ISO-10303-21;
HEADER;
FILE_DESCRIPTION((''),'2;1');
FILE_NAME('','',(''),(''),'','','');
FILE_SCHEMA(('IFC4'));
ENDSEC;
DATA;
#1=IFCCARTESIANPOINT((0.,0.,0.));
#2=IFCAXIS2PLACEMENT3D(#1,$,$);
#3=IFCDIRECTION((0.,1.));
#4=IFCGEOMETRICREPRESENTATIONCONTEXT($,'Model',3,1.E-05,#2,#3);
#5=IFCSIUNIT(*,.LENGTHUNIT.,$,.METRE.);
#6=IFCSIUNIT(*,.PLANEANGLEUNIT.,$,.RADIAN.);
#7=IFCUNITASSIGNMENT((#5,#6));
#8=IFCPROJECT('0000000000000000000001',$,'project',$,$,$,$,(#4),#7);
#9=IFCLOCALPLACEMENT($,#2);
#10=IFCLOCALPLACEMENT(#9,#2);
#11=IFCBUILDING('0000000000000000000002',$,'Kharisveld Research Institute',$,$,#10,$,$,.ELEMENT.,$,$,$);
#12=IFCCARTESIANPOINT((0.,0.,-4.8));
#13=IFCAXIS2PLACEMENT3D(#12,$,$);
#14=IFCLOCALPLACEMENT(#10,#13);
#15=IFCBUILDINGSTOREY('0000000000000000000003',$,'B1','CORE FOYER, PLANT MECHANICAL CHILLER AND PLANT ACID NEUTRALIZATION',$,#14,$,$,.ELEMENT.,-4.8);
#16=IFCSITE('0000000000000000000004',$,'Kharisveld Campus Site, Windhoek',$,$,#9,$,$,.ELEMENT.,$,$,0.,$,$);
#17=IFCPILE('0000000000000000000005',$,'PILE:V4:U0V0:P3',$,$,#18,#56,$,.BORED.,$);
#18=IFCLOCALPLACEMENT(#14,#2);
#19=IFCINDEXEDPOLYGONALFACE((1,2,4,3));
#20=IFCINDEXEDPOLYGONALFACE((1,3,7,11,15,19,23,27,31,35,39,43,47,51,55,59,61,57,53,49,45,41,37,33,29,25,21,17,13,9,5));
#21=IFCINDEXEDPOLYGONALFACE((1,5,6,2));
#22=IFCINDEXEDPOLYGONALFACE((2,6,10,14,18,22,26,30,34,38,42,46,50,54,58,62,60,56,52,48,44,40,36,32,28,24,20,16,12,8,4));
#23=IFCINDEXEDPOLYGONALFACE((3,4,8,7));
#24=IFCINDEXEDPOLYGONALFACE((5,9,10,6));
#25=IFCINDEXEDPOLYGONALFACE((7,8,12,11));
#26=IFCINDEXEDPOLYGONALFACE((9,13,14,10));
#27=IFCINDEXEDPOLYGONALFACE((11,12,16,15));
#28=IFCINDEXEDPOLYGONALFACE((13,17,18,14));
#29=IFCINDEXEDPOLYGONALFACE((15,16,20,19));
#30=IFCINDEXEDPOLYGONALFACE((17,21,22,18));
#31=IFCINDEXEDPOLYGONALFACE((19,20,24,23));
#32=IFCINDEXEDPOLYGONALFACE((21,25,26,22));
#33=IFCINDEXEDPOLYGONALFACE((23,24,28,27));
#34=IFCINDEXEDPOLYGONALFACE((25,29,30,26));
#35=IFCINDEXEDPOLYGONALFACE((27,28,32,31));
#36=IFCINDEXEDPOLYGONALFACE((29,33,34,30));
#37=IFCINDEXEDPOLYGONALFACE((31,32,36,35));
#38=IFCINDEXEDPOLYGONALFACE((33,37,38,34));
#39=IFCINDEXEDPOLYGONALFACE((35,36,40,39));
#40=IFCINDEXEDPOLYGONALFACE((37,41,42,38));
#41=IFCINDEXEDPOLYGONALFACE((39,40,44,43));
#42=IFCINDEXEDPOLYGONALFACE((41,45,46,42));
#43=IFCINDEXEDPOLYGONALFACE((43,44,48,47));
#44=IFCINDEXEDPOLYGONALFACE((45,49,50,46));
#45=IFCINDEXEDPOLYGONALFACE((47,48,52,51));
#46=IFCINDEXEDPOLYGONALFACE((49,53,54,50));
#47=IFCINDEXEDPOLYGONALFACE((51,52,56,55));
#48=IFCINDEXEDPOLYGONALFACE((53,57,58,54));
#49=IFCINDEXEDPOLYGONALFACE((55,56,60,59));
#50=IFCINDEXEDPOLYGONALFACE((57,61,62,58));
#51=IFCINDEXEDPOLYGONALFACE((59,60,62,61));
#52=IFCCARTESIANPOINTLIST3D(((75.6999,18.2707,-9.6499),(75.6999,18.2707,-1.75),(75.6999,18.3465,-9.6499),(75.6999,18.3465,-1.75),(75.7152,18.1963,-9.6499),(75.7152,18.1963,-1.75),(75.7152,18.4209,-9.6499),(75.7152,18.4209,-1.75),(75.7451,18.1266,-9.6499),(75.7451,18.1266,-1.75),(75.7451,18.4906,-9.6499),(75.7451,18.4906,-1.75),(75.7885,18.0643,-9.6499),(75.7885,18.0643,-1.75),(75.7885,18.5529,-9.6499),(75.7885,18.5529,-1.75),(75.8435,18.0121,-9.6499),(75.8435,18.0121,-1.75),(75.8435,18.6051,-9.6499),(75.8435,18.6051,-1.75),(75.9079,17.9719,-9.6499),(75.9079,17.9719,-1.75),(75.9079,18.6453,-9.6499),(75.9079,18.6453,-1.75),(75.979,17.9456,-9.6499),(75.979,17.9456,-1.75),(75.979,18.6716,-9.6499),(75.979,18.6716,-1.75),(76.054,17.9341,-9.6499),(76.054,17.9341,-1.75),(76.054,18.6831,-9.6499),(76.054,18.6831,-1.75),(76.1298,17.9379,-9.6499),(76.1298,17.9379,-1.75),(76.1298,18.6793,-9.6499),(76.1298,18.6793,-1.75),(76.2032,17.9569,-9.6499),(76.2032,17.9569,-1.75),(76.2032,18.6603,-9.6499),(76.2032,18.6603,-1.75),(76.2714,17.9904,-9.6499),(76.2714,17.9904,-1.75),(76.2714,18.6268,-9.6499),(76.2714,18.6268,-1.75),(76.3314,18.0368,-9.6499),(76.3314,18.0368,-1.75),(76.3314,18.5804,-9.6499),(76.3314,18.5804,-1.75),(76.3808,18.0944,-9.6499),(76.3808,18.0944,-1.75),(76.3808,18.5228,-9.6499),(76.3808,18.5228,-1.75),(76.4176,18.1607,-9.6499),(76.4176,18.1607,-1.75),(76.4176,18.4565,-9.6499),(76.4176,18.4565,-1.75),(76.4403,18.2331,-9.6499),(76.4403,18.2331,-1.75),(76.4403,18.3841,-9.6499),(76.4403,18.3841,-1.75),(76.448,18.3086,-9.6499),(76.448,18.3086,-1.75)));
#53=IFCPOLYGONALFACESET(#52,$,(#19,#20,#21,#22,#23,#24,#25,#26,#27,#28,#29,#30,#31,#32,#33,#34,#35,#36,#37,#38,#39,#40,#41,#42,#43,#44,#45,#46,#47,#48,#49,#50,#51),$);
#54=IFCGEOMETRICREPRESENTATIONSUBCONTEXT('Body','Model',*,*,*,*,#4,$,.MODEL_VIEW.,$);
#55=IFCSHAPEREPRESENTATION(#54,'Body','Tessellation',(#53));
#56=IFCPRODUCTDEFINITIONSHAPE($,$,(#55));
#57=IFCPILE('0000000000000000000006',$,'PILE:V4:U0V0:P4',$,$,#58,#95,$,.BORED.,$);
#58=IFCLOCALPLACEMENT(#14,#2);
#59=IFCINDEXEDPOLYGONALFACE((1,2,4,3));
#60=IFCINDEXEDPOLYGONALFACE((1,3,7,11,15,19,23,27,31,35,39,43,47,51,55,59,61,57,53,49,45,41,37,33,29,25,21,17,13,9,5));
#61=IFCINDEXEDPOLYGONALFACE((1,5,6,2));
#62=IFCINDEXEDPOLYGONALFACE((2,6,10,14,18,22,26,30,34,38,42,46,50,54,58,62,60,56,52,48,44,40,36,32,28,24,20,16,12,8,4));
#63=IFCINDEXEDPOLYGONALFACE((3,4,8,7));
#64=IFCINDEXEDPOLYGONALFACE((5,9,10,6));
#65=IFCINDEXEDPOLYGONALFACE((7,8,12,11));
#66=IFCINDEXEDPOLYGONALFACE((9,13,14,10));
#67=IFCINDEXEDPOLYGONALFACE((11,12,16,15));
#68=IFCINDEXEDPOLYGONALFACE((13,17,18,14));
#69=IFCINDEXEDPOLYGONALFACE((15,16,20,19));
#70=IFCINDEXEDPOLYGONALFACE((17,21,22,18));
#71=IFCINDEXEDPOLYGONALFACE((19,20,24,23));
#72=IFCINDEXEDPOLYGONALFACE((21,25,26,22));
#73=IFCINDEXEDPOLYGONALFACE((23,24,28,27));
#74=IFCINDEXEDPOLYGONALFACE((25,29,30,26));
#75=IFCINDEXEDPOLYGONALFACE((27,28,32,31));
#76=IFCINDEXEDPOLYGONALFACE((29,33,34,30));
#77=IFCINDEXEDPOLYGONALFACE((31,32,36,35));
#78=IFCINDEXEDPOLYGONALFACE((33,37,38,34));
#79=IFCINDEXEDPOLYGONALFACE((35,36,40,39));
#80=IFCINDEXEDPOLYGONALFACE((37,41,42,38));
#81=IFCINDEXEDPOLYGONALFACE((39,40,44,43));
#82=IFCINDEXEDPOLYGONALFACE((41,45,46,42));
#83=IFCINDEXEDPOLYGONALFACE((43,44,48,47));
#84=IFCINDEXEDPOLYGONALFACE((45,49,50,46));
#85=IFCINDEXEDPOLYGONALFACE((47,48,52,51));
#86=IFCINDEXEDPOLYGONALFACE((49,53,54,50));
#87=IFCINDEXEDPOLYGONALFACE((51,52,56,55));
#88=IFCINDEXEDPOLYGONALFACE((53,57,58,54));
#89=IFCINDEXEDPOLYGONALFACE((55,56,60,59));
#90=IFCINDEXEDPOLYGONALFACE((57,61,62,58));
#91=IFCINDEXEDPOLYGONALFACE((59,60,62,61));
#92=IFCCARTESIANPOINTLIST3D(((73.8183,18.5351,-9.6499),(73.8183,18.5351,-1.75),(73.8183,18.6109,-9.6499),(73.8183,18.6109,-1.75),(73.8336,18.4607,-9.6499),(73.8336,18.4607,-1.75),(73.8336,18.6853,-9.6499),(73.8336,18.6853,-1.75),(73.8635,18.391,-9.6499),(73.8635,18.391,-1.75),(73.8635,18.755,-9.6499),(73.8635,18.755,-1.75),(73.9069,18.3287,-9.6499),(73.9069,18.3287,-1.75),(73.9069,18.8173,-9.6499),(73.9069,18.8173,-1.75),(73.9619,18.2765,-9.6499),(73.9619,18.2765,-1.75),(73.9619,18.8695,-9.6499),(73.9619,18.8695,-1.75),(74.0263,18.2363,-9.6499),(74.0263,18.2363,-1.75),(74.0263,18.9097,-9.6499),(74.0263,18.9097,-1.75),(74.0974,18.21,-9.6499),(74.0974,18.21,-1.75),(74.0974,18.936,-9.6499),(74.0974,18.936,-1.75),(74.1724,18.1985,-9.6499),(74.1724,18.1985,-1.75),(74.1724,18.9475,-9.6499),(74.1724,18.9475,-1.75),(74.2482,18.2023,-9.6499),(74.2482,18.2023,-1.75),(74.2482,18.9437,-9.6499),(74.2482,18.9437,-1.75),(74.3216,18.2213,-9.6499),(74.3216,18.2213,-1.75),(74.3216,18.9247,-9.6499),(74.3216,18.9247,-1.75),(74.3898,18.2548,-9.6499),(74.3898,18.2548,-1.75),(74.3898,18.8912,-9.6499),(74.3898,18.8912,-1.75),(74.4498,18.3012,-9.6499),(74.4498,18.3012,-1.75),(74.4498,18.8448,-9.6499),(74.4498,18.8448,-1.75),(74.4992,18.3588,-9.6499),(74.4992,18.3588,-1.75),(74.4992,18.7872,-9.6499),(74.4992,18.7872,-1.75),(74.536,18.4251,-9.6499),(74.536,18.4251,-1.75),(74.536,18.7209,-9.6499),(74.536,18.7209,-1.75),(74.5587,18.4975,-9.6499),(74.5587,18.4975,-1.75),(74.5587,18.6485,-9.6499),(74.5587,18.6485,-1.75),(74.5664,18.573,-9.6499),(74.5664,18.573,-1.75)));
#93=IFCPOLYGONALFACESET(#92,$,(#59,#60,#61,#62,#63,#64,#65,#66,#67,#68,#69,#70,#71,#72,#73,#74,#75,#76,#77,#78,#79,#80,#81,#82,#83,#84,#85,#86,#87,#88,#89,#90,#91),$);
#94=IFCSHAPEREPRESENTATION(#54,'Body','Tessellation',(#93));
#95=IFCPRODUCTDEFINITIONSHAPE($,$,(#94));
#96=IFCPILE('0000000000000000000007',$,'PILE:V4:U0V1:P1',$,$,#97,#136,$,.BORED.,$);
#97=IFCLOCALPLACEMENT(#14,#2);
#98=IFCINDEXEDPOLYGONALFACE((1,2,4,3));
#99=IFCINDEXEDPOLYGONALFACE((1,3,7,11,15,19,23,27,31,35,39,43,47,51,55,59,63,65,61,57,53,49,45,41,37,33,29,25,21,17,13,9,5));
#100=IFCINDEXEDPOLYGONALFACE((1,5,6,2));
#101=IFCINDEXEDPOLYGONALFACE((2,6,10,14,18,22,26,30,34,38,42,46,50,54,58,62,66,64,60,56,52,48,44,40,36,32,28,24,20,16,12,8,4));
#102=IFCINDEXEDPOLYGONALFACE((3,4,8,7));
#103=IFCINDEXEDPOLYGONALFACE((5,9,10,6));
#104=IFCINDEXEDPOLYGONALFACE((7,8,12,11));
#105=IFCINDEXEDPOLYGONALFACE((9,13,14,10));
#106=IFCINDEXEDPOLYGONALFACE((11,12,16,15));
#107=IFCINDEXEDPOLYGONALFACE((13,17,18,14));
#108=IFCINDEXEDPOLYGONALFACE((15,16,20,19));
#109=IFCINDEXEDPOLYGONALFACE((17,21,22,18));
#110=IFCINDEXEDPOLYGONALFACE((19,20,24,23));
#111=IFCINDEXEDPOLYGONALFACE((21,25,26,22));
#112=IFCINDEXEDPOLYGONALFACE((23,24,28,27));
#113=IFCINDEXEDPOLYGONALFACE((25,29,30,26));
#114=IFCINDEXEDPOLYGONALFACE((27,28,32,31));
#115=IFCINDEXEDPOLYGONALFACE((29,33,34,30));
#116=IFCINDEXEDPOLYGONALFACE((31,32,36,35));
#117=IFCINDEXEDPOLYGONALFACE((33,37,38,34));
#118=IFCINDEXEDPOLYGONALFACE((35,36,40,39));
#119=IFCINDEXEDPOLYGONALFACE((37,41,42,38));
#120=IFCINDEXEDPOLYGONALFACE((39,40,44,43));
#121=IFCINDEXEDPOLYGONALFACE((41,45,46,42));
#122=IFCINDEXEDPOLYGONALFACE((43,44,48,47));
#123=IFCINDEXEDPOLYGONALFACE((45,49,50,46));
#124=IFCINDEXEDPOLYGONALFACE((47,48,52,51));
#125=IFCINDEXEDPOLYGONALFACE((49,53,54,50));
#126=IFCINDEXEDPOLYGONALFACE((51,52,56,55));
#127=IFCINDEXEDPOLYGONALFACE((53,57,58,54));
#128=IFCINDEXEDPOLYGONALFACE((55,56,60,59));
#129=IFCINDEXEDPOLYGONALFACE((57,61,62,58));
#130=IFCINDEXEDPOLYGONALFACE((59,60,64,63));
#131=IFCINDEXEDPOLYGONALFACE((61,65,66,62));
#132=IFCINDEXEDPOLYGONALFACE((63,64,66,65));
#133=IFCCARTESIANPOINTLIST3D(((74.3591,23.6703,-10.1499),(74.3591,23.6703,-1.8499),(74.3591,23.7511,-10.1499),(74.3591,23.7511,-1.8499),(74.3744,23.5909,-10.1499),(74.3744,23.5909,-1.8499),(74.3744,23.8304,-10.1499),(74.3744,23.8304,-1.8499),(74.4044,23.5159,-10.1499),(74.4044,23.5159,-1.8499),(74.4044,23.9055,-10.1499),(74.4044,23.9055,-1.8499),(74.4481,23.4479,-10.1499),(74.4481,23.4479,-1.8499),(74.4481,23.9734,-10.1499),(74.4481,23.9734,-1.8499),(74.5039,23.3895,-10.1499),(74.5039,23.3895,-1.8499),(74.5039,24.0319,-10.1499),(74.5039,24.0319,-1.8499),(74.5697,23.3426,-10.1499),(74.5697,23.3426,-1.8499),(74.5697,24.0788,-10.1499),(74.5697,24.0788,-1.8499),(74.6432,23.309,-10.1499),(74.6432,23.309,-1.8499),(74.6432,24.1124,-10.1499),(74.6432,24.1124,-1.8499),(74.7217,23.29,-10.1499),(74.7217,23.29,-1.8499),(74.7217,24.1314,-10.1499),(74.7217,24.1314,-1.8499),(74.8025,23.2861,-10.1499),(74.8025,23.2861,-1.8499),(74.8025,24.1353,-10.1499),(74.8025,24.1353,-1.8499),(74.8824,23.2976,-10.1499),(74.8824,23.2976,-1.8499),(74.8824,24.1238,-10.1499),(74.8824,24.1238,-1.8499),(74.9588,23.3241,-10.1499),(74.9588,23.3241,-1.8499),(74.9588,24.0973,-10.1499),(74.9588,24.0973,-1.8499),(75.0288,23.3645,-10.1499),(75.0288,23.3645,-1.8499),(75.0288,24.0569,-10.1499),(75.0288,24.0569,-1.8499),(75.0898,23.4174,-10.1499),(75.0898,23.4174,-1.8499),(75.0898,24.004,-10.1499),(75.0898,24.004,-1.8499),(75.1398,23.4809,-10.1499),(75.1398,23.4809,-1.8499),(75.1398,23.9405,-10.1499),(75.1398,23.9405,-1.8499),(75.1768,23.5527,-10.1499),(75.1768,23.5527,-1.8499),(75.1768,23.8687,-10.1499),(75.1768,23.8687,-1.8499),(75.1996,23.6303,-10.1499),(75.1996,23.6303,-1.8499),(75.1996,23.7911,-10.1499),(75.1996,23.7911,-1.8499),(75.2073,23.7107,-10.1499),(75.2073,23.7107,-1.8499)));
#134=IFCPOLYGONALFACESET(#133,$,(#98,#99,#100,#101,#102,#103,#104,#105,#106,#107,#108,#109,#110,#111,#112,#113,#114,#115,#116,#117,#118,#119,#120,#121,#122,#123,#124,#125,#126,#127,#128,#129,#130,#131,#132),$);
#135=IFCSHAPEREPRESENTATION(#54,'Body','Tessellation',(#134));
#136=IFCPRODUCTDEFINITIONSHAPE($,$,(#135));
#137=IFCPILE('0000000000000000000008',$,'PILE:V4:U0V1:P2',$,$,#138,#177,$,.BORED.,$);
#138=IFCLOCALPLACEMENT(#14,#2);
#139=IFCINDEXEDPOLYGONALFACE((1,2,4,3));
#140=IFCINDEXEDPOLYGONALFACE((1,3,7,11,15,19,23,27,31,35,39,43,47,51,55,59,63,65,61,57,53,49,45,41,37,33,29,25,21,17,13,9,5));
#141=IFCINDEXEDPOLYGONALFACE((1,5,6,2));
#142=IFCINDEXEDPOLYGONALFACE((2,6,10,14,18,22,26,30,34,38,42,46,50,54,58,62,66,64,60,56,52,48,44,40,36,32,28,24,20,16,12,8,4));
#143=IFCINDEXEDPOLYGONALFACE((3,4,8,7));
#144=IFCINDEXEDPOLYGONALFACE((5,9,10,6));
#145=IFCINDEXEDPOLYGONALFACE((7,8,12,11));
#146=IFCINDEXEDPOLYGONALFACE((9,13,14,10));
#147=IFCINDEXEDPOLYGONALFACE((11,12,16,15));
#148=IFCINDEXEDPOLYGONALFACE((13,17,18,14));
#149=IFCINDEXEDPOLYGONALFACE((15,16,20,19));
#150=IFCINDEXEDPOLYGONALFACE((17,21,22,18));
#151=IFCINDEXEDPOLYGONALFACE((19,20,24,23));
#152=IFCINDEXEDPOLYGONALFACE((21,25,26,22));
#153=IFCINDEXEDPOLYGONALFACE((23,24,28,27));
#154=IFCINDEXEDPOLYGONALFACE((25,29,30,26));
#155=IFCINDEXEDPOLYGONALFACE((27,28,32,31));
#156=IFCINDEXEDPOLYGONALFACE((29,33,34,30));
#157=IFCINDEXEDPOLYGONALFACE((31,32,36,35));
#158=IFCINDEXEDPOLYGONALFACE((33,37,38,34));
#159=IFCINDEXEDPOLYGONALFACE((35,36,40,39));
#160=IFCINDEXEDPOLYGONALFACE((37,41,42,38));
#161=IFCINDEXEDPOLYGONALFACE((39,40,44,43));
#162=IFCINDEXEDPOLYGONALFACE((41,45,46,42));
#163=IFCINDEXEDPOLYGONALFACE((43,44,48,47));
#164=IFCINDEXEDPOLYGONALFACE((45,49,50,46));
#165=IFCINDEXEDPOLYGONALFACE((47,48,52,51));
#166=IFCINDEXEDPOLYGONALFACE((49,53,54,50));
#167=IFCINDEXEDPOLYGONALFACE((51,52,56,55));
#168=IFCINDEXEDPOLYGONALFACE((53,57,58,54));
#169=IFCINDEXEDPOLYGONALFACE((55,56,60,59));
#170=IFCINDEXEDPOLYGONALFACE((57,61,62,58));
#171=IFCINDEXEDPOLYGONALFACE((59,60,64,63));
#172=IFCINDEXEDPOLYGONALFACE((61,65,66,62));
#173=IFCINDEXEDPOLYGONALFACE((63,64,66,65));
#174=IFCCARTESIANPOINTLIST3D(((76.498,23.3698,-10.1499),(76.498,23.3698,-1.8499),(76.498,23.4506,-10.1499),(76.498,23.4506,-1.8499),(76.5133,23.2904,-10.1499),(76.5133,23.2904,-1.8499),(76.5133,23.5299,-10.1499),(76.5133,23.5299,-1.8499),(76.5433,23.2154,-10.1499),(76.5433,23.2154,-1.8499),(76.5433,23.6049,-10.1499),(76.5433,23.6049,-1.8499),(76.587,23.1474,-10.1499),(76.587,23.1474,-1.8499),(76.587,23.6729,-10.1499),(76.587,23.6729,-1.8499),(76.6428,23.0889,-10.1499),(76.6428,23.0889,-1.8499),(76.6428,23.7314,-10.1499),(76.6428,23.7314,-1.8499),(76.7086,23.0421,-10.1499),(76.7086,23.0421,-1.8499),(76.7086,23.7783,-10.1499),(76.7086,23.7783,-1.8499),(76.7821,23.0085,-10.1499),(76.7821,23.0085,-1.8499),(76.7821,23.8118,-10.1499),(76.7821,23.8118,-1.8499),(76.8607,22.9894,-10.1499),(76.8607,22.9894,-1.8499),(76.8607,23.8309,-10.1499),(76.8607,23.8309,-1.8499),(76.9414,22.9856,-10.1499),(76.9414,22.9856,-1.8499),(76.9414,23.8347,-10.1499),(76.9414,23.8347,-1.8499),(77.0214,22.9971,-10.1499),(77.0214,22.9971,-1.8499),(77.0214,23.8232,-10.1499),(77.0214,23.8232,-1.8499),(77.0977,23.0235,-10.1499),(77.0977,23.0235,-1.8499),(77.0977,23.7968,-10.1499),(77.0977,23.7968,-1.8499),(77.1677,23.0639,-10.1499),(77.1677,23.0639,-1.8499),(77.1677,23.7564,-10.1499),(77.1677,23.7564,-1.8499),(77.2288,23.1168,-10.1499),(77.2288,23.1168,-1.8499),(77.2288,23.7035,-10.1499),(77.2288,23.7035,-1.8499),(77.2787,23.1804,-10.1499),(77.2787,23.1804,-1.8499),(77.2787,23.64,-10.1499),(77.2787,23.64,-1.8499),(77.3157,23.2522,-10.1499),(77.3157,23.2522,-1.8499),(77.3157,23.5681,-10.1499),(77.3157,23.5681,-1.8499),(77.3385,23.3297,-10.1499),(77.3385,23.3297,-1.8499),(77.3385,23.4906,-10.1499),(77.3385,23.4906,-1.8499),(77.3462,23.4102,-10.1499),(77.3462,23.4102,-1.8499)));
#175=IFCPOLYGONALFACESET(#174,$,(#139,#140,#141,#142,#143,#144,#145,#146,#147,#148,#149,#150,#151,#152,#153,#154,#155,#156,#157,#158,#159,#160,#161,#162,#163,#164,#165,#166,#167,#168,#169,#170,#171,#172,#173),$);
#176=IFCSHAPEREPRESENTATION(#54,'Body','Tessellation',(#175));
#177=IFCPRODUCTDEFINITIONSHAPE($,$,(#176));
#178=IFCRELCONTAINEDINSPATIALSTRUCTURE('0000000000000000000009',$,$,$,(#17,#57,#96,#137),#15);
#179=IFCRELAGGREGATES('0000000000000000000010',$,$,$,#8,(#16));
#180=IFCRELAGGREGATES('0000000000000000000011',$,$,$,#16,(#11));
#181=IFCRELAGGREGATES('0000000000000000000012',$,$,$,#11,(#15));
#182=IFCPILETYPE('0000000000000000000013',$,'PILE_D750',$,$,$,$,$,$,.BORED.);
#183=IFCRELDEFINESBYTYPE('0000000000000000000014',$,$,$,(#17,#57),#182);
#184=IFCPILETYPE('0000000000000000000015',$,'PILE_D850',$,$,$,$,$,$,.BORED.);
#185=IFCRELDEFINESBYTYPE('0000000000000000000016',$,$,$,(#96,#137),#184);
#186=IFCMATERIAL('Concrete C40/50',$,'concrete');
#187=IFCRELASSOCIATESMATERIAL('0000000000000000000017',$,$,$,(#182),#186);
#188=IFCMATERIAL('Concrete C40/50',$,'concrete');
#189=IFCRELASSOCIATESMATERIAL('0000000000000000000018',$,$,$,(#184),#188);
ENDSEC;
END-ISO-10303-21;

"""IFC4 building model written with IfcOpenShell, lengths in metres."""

from ifc_helpers import new_model, si_unit, direction, frame, origin, origin_2d, place, context, subcontext, project, spatial, circle, extrude, material, material_profile, profile_set, type_object, element, save


model = new_model("IFC4")

# Units and contexts
model_context = context("Model", 3, precision=1e-05, world=origin(), true_north=direction((0.0, 1.0)))
body_context = subcontext(model_context, "Body", "Model", "MODEL_VIEW")
ifc_project = project(units=[si_unit("LENGTHUNIT", "METRE"), si_unit("PLANEANGLEUNIT", "RADIAN")], contexts=[model_context])

# Site, building, storey
site_placement = place(None, origin())
site = spatial("IfcSite", under=ifc_project, at=site_placement, Name="Kharisveld Campus Site, Windhoek", CompositionType="ELEMENT", RefElevation=0.0)
building_placement = place(site_placement, origin())
building = spatial("IfcBuilding", under=site, at=building_placement, Name="Kharisveld Research Institute", CompositionType="ELEMENT")
storey_placement = place(building_placement, frame((0.0, 0.0, -4.8)))
storey = spatial("IfcBuildingStorey", under=building, at=storey_placement, Name="B1", Description="CORE FOYER, PLANT MECHANICAL CHILLER AND PLANT ACID NEUTRALIZATION", CompositionType="ELEMENT", Elevation=-4.8)

# Piles
ifc_material_1 = material(Name="Concrete C40/50", Category="concrete")
ifc_material_profile_1 = material_profile(ifc_material_1, circle(Radius=0.375, at=origin_2d()))
ifc_profile_set_1 = profile_set([ifc_material_profile_1], Name="Concrete C40/50")
pile_type_1 = type_object("IfcPileType", Name="PILE_D750", PredefinedType="BORED", material=ifc_profile_set_1)
for number, where, z_axis, x_axis, name in (
    (1, (76.073, 18.3086, -1.75), (0.0, 0.0, -1.0), (1.0, 0.0, 0.0), "PILE:V4:U0V0:P3"),
    (2, (74.1914, 18.573, -1.75), (0.0, 0.0, -1.0), (1.0, 0.0, 0.0), "PILE:V4:U0V0:P4"),
):
    element("IfcPile", number, at=place(storey_placement, frame(where, z_axis=z_axis, x_axis=x_axis)), inside=storey, type_object=pile_type_1, Name=name, PredefinedType="BORED", context=body_context, shape_type="SweptSolid", body=[
        extrude(circle(Radius=0.375, at=origin_2d()), origin(), (0.0, 0.0, 1.0), 7.8999),
    ])
ifc_material_2 = material(Name="Concrete C40/50", Category="concrete")
ifc_material_profile_2 = material_profile(ifc_material_2, circle(Radius=0.425, at=origin_2d()))
ifc_profile_set_2 = profile_set([ifc_material_profile_2], Name="Concrete C40/50")
pile_type_2 = type_object("IfcPileType", Name="PILE_D850", PredefinedType="BORED", material=ifc_profile_set_2)
for number, where, z_axis, x_axis, name in (
    (3, (74.7822, 23.7107, -1.8499), (0.0, 0.0, -1.0), (1.0, 0.0, 0.0), "PILE:V4:U0V1:P1"),
    (4, (76.9211, 23.4102, -1.8499), (0.0, 0.0, -1.0), (1.0, 0.0, 0.0), "PILE:V4:U0V1:P2"),
):
    element("IfcPile", number, at=place(storey_placement, frame(where, z_axis=z_axis, x_axis=x_axis)), inside=storey, type_object=pile_type_2, Name=name, PredefinedType="BORED", context=body_context, shape_type="SweptSolid", body=[
        extrude(circle(Radius=0.425, at=origin_2d()), origin(), (0.0, 0.0, 1.0), 8.3),
    ])

save(model, "model.ifc")
